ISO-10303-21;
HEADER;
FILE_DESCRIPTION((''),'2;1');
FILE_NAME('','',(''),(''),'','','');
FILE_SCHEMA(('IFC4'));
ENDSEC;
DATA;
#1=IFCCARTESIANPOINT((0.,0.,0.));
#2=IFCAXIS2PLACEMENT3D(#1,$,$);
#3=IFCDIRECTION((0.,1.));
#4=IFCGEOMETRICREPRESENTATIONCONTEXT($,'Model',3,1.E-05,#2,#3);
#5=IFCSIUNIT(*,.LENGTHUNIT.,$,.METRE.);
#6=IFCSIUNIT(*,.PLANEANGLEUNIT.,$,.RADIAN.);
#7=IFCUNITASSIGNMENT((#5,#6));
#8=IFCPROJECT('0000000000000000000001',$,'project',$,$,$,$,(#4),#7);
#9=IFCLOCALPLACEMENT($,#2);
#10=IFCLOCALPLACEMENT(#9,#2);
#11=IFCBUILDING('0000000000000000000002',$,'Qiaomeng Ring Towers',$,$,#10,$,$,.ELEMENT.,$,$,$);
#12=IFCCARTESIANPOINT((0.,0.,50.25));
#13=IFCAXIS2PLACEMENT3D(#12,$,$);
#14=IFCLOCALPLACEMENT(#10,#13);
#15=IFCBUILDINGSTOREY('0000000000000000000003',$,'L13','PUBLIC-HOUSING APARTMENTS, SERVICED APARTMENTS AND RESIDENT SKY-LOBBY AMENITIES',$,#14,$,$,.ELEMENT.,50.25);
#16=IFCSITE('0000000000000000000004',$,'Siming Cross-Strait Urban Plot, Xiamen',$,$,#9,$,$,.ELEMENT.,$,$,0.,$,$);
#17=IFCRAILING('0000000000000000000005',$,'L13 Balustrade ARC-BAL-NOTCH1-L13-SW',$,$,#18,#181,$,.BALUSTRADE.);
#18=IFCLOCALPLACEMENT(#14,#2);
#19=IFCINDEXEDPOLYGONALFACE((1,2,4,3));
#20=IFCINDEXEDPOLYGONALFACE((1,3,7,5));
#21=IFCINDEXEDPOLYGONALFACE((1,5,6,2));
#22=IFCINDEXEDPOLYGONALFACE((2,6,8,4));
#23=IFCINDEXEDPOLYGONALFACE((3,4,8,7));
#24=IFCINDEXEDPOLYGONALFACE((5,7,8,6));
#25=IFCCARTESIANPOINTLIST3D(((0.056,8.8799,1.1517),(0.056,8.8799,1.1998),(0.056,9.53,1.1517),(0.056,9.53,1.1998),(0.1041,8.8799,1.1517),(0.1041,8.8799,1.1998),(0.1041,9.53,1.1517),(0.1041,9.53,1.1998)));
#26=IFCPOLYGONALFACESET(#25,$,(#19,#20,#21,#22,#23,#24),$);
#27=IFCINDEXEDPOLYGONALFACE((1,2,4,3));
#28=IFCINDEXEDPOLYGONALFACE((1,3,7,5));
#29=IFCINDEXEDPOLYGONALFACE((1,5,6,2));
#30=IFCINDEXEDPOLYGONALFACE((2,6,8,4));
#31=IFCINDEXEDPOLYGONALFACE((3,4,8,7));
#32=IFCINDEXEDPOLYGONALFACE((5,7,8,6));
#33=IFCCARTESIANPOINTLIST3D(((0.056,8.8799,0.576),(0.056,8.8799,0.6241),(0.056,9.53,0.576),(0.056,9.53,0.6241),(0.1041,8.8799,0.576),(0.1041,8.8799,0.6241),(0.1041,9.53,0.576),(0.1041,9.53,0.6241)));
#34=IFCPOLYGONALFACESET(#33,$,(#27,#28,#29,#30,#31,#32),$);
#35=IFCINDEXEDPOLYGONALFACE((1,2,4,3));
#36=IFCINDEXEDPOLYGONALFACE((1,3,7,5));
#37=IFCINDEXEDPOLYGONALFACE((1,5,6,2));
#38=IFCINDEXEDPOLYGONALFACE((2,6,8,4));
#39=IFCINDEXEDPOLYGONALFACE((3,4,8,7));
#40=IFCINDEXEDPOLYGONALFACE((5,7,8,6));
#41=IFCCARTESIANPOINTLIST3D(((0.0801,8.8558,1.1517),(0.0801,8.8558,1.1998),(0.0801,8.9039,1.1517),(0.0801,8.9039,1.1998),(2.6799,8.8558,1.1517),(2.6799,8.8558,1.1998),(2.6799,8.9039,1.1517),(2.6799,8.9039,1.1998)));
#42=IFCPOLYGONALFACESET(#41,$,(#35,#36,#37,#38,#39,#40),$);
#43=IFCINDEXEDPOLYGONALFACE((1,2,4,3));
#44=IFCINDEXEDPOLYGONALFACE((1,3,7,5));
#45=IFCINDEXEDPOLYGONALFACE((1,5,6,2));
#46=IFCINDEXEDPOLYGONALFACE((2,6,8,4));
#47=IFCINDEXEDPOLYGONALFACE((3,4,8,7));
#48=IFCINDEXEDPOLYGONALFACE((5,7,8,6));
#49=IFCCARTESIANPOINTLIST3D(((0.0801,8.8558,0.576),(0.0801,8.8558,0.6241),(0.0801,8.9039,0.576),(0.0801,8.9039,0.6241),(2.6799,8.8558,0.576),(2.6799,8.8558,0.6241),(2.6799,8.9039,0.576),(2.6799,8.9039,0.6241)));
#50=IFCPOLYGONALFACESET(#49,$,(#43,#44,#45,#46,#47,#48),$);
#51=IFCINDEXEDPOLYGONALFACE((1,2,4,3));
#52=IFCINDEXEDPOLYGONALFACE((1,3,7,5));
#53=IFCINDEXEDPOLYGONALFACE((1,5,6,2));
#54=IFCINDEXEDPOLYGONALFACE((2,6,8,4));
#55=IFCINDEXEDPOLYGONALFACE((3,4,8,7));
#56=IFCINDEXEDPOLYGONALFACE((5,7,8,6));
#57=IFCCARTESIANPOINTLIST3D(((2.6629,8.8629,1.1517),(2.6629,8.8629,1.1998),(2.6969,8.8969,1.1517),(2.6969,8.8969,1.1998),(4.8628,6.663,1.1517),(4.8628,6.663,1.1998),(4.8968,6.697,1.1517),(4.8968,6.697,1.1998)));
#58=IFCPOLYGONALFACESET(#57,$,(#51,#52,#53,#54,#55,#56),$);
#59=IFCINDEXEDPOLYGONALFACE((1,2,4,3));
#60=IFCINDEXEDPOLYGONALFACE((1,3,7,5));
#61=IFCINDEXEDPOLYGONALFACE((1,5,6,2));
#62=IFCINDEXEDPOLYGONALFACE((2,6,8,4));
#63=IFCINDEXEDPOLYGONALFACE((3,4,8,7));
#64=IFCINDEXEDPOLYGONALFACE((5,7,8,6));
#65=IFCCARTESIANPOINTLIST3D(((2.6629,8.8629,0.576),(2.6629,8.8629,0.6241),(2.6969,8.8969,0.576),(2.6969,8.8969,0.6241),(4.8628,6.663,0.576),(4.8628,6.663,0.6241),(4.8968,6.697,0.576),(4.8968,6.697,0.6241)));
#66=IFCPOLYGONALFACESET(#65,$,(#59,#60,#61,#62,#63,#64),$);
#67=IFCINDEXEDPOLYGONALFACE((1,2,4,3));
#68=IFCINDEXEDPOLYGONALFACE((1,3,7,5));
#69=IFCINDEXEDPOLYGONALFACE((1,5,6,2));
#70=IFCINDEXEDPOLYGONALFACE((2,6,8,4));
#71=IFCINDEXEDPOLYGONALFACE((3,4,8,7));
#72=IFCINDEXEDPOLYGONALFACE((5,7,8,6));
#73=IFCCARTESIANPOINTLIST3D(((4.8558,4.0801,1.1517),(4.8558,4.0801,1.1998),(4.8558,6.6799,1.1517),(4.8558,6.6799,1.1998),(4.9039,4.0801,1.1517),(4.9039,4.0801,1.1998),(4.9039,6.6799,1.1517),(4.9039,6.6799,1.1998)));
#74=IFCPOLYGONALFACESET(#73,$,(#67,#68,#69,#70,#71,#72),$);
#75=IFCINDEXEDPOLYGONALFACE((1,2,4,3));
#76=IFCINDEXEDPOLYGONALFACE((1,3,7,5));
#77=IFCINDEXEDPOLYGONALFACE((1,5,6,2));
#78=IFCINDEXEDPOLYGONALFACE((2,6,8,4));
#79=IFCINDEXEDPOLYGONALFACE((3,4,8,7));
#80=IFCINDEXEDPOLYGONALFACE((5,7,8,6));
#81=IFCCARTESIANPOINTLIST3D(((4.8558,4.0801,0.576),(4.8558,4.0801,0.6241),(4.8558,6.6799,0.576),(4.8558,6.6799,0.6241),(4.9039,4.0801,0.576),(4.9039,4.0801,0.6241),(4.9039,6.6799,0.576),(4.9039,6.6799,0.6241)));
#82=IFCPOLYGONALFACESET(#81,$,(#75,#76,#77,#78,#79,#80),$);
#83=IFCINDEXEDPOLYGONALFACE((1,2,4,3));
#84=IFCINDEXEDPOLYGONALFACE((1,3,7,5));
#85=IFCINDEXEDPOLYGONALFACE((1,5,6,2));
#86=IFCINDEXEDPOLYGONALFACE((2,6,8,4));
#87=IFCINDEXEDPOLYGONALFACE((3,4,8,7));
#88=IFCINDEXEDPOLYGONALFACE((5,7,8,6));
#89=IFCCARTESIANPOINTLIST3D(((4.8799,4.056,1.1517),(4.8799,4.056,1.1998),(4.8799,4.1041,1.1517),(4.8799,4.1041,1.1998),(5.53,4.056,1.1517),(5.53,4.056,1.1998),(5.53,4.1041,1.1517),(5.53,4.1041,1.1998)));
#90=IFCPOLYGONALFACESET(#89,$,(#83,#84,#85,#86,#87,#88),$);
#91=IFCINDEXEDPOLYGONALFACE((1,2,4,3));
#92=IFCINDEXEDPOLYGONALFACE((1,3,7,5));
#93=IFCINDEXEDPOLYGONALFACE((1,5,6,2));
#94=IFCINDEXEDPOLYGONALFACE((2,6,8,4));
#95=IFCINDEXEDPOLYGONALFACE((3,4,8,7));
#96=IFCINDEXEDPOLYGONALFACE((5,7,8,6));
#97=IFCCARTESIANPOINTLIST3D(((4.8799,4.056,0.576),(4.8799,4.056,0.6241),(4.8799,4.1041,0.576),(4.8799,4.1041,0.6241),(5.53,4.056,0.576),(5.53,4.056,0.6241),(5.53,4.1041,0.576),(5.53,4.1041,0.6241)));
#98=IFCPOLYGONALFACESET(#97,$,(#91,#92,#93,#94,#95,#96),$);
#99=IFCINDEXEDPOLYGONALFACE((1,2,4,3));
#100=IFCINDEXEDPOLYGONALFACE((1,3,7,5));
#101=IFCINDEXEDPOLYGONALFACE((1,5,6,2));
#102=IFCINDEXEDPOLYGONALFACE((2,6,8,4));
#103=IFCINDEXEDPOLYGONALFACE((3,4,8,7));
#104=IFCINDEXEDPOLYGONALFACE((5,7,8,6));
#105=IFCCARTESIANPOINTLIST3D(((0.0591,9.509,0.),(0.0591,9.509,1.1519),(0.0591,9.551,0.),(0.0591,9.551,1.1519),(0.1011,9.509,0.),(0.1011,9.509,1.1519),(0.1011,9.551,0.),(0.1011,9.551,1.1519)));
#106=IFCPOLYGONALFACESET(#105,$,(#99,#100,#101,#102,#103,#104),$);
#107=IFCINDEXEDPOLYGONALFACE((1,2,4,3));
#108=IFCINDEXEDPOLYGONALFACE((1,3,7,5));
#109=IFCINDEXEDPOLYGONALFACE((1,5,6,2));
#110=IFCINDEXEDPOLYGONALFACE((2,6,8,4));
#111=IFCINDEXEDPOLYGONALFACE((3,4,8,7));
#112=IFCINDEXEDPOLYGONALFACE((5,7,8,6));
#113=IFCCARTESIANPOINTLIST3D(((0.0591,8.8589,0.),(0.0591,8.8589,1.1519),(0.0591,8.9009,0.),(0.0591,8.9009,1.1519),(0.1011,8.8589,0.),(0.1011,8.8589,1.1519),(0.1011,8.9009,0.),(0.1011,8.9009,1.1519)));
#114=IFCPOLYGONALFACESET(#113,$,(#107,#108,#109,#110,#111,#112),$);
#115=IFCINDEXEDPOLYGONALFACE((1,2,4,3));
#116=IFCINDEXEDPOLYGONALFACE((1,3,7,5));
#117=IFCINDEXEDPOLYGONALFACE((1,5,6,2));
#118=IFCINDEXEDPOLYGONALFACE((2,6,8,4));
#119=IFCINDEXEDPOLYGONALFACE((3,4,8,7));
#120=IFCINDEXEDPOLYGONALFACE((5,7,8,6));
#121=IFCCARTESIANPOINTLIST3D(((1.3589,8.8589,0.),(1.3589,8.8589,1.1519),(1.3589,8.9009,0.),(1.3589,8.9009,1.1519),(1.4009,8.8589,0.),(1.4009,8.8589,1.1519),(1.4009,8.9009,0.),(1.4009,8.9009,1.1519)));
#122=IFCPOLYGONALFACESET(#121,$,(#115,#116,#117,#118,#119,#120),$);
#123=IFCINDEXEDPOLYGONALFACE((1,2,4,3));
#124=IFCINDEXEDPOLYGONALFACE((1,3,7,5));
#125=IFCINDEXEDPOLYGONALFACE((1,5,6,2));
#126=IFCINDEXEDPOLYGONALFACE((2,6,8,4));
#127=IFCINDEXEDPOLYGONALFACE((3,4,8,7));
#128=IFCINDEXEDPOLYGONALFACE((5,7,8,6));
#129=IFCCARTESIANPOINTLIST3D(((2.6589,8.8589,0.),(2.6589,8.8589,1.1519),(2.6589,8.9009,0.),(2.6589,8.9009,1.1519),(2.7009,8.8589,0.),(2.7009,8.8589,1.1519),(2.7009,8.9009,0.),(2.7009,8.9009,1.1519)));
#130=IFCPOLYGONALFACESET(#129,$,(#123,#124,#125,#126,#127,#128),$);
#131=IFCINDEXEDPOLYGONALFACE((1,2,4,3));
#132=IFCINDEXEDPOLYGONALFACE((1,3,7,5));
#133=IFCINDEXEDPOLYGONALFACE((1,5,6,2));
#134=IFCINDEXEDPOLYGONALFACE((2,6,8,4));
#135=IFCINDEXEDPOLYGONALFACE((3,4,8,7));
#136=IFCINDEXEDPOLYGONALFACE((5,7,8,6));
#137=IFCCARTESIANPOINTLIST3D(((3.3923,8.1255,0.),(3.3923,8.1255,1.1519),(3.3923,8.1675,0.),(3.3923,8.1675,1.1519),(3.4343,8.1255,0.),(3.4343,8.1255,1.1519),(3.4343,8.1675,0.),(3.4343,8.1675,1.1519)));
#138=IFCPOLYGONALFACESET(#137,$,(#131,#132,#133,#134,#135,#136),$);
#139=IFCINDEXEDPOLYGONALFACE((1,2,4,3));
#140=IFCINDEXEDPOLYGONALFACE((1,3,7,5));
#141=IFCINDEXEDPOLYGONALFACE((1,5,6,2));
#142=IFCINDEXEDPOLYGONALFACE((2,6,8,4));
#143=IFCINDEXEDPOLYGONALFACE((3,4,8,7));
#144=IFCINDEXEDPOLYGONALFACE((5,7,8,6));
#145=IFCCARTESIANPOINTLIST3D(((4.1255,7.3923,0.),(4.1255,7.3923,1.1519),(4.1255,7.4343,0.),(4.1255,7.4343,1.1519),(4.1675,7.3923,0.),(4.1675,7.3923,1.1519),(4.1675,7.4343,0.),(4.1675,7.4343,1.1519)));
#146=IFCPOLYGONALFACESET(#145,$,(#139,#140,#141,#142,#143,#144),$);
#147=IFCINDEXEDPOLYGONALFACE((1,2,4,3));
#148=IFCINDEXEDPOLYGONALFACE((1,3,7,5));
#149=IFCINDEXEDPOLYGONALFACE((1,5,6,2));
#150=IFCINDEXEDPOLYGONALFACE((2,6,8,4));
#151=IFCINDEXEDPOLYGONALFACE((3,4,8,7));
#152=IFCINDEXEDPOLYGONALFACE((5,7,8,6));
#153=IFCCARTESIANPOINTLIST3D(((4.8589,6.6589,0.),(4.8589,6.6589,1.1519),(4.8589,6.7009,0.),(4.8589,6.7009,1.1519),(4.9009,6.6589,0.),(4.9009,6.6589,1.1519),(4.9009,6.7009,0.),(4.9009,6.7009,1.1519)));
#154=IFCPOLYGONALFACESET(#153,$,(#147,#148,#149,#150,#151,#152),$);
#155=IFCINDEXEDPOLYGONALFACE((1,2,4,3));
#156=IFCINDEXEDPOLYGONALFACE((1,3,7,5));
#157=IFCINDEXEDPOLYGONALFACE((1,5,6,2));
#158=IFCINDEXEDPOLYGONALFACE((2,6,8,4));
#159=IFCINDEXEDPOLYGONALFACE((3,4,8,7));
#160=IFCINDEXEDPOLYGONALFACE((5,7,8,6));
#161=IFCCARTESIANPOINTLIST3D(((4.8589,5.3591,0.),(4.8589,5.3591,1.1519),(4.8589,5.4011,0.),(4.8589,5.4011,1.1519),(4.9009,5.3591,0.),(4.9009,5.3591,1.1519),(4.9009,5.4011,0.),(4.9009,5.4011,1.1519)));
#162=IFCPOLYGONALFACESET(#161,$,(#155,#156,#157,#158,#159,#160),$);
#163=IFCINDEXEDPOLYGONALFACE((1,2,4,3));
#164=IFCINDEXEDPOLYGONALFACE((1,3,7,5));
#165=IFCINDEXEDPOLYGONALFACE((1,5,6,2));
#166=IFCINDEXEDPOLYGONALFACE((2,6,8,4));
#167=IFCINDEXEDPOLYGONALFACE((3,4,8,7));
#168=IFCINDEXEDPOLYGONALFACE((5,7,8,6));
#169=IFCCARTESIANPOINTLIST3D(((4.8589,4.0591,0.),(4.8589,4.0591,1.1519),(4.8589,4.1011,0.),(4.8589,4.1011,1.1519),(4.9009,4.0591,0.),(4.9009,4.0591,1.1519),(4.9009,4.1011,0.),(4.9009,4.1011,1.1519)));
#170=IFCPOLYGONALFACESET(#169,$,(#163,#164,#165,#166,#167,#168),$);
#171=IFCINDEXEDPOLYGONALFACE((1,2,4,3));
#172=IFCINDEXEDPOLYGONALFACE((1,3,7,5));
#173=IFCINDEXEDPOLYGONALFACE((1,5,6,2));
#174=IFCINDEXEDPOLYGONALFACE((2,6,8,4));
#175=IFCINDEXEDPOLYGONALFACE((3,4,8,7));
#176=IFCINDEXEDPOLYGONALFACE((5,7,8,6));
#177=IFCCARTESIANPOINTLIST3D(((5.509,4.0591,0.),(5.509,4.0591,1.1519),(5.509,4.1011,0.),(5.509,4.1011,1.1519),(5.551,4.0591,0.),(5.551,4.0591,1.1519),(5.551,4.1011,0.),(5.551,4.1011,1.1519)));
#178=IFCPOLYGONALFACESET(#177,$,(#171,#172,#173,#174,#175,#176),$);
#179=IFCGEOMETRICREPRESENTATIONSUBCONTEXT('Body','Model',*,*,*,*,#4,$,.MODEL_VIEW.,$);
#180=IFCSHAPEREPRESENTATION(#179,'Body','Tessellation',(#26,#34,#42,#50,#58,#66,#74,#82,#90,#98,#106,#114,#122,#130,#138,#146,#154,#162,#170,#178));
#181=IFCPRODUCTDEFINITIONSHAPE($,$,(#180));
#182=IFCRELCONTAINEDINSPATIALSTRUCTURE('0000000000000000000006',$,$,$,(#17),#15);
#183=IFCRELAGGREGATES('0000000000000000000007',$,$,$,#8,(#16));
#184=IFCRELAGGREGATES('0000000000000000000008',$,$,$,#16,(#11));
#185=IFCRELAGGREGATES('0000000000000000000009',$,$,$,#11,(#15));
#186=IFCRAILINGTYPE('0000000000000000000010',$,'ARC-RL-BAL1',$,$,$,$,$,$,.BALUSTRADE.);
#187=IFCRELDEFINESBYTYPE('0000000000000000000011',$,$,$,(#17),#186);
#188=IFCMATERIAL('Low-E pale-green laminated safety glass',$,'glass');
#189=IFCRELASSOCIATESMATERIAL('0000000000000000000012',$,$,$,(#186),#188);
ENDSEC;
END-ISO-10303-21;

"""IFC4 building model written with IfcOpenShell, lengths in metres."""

from ifc_helpers import new_model, si_unit, direction, frame, origin, origin_2d, place, context, subcontext, project, spatial, rectangle, extrude, material, type_object, element, save


model = new_model("IFC4")

# Units and contexts
model_context = context("Model", 3, precision=1e-05, world=origin(), true_north=direction((0.0, 1.0)))
body_context = subcontext(model_context, "Body", "Model", "MODEL_VIEW")
ifc_project = project(units=[si_unit("LENGTHUNIT", "METRE"), si_unit("PLANEANGLEUNIT", "RADIAN")], contexts=[model_context])

# Site, building, storey
site_placement = place(None, origin())
site = spatial("IfcSite", under=ifc_project, at=site_placement, Name="Siming Cross-Strait Urban Plot, Xiamen", CompositionType="ELEMENT", RefElevation=0.0)
building_placement = place(site_placement, origin())
building = spatial("IfcBuilding", under=site, at=building_placement, Name="Qiaomeng Ring Towers", CompositionType="ELEMENT")
storey_placement = place(building_placement, frame((0.0, 0.0, 50.25)))
storey = spatial("IfcBuildingStorey", under=building, at=storey_placement, Name="L13", Description="PUBLIC-HOUSING APARTMENTS, SERVICED APARTMENTS AND RESIDENT SKY-LOBBY AMENITIES", CompositionType="ELEMENT", Elevation=50.25)

# Railing
ifc_material_1 = material(Name="Low-E pale-green laminated safety glass", Category="glass")
railing_type = type_object("IfcRailingType", Name="ARC-RL-BAL1", PredefinedType="BALUSTRADE", material=ifc_material_1)
railing_1_placement = place(storey_placement, frame((0.0801, 9.53, 0.0)))
element("IfcRailing", 1, at=railing_1_placement, inside=storey, type_object=railing_type, Name="L13 Balustrade ARC-BAL-NOTCH1-L13-SW", PredefinedType="BALUSTRADE", context=body_context, shape_type="SweptSolid", body=[
    extrude(rectangle(XDim=0.0481, YDim=0.0481, at=origin_2d()), frame((0.0, 0.0, 1.1758), z_axis=(0.0, -1.0, 0.0), x_axis=(1.0, 0.0, 0.0)), (0.0, 0.0, 1.0), 0.6501),
    extrude(rectangle(XDim=0.0481, YDim=0.0481, at=origin_2d()), frame((0.0, 0.0, 0.6001), z_axis=(0.0, -1.0, 0.0), x_axis=(1.0, 0.0, 0.0)), (0.0, 0.0, 1.0), 0.6501),
    extrude(rectangle(XDim=0.0481, YDim=0.0481, at=origin_2d()), frame((0.0, -0.6501, 1.1758), z_axis=(1.0, 0.0, 0.0), x_axis=(0.0, 1.0, 0.0)), (0.0, 0.0, 1.0), 2.5999),
    extrude(rectangle(XDim=0.0481, YDim=0.0481, at=origin_2d()), frame((0.0, -0.6501, 0.6001), z_axis=(1.0, 0.0, 0.0), x_axis=(0.0, 1.0, 0.0)), (0.0, 0.0, 1.0), 2.5999),
    extrude(rectangle(XDim=0.0481, YDim=0.0481, at=origin_2d()), frame((2.5999, -0.6501, 1.1758), z_axis=(0.707107, -0.707107, 0.0), x_axis=(0.707107, 0.707107, 0.0)), (0.0, 0.0, 1.0), 3.1111),
    extrude(rectangle(XDim=0.0481, YDim=0.0481, at=origin_2d()), frame((2.5999, -0.6501, 0.6001), z_axis=(0.707107, -0.707107, 0.0), x_axis=(0.707107, 0.707107, 0.0)), (0.0, 0.0, 1.0), 3.1111),
    extrude(rectangle(XDim=0.0481, YDim=0.0481, at=origin_2d()), frame((4.7998, -2.8501, 1.1758), z_axis=(0.0, -1.0, 0.0), x_axis=(1.0, 0.0, 0.0)), (0.0, 0.0, 1.0), 2.5999),
    extrude(rectangle(XDim=0.0481, YDim=0.0481, at=origin_2d()), frame((4.7998, -2.8501, 0.6001), z_axis=(0.0, -1.0, 0.0), x_axis=(1.0, 0.0, 0.0)), (0.0, 0.0, 1.0), 2.5999),
    extrude(rectangle(XDim=0.0481, YDim=0.0481, at=origin_2d()), frame((4.7998, -5.45, 1.1758), z_axis=(1.0, 0.0, 0.0), x_axis=(0.0, 1.0, 0.0)), (0.0, 0.0, 1.0), 0.6501),
    extrude(rectangle(XDim=0.0481, YDim=0.0481, at=origin_2d()), frame((4.7998, -5.45, 0.6001), z_axis=(1.0, 0.0, 0.0), x_axis=(0.0, 1.0, 0.0)), (0.0, 0.0, 1.0), 0.6501),
    extrude(rectangle(XDim=0.042, YDim=0.042, at=origin_2d()), origin(), (0.0, 0.0, 1.0), 1.1519),
    extrude(rectangle(XDim=0.042, YDim=0.042, at=origin_2d()), frame((0.0, -0.6501, 0.0)), (0.0, 0.0, 1.0), 1.1519),
    extrude(rectangle(XDim=0.042, YDim=0.042, at=origin_2d()), frame((1.2998, -0.6501, 0.0)), (0.0, 0.0, 1.0), 1.1519),
    extrude(rectangle(XDim=0.042, YDim=0.042, at=origin_2d()), frame((2.5999, -0.6501, 0.0)), (0.0, 0.0, 1.0), 1.1519),
    extrude(rectangle(XDim=0.042, YDim=0.042, at=origin_2d()), frame((3.3333, -1.3835, 0.0)), (0.0, 0.0, 1.0), 1.1519),
    extrude(rectangle(XDim=0.042, YDim=0.042, at=origin_2d()), frame((4.0664, -2.1167, 0.0)), (0.0, 0.0, 1.0), 1.1519),
    extrude(rectangle(XDim=0.042, YDim=0.042, at=origin_2d()), frame((4.7998, -2.8501, 0.0)), (0.0, 0.0, 1.0), 1.1519),
    extrude(rectangle(XDim=0.042, YDim=0.042, at=origin_2d()), frame((4.7998, -4.1499, 0.0)), (0.0, 0.0, 1.0), 1.1519),
    extrude(rectangle(XDim=0.042, YDim=0.042, at=origin_2d()), frame((4.7998, -5.45, 0.0)), (0.0, 0.0, 1.0), 1.1519),
    extrude(rectangle(XDim=0.042, YDim=0.042, at=origin_2d()), frame((5.45, -5.45, 0.0)), (0.0, 0.0, 1.0), 1.1519),
])

save(model, "model.ifc")
